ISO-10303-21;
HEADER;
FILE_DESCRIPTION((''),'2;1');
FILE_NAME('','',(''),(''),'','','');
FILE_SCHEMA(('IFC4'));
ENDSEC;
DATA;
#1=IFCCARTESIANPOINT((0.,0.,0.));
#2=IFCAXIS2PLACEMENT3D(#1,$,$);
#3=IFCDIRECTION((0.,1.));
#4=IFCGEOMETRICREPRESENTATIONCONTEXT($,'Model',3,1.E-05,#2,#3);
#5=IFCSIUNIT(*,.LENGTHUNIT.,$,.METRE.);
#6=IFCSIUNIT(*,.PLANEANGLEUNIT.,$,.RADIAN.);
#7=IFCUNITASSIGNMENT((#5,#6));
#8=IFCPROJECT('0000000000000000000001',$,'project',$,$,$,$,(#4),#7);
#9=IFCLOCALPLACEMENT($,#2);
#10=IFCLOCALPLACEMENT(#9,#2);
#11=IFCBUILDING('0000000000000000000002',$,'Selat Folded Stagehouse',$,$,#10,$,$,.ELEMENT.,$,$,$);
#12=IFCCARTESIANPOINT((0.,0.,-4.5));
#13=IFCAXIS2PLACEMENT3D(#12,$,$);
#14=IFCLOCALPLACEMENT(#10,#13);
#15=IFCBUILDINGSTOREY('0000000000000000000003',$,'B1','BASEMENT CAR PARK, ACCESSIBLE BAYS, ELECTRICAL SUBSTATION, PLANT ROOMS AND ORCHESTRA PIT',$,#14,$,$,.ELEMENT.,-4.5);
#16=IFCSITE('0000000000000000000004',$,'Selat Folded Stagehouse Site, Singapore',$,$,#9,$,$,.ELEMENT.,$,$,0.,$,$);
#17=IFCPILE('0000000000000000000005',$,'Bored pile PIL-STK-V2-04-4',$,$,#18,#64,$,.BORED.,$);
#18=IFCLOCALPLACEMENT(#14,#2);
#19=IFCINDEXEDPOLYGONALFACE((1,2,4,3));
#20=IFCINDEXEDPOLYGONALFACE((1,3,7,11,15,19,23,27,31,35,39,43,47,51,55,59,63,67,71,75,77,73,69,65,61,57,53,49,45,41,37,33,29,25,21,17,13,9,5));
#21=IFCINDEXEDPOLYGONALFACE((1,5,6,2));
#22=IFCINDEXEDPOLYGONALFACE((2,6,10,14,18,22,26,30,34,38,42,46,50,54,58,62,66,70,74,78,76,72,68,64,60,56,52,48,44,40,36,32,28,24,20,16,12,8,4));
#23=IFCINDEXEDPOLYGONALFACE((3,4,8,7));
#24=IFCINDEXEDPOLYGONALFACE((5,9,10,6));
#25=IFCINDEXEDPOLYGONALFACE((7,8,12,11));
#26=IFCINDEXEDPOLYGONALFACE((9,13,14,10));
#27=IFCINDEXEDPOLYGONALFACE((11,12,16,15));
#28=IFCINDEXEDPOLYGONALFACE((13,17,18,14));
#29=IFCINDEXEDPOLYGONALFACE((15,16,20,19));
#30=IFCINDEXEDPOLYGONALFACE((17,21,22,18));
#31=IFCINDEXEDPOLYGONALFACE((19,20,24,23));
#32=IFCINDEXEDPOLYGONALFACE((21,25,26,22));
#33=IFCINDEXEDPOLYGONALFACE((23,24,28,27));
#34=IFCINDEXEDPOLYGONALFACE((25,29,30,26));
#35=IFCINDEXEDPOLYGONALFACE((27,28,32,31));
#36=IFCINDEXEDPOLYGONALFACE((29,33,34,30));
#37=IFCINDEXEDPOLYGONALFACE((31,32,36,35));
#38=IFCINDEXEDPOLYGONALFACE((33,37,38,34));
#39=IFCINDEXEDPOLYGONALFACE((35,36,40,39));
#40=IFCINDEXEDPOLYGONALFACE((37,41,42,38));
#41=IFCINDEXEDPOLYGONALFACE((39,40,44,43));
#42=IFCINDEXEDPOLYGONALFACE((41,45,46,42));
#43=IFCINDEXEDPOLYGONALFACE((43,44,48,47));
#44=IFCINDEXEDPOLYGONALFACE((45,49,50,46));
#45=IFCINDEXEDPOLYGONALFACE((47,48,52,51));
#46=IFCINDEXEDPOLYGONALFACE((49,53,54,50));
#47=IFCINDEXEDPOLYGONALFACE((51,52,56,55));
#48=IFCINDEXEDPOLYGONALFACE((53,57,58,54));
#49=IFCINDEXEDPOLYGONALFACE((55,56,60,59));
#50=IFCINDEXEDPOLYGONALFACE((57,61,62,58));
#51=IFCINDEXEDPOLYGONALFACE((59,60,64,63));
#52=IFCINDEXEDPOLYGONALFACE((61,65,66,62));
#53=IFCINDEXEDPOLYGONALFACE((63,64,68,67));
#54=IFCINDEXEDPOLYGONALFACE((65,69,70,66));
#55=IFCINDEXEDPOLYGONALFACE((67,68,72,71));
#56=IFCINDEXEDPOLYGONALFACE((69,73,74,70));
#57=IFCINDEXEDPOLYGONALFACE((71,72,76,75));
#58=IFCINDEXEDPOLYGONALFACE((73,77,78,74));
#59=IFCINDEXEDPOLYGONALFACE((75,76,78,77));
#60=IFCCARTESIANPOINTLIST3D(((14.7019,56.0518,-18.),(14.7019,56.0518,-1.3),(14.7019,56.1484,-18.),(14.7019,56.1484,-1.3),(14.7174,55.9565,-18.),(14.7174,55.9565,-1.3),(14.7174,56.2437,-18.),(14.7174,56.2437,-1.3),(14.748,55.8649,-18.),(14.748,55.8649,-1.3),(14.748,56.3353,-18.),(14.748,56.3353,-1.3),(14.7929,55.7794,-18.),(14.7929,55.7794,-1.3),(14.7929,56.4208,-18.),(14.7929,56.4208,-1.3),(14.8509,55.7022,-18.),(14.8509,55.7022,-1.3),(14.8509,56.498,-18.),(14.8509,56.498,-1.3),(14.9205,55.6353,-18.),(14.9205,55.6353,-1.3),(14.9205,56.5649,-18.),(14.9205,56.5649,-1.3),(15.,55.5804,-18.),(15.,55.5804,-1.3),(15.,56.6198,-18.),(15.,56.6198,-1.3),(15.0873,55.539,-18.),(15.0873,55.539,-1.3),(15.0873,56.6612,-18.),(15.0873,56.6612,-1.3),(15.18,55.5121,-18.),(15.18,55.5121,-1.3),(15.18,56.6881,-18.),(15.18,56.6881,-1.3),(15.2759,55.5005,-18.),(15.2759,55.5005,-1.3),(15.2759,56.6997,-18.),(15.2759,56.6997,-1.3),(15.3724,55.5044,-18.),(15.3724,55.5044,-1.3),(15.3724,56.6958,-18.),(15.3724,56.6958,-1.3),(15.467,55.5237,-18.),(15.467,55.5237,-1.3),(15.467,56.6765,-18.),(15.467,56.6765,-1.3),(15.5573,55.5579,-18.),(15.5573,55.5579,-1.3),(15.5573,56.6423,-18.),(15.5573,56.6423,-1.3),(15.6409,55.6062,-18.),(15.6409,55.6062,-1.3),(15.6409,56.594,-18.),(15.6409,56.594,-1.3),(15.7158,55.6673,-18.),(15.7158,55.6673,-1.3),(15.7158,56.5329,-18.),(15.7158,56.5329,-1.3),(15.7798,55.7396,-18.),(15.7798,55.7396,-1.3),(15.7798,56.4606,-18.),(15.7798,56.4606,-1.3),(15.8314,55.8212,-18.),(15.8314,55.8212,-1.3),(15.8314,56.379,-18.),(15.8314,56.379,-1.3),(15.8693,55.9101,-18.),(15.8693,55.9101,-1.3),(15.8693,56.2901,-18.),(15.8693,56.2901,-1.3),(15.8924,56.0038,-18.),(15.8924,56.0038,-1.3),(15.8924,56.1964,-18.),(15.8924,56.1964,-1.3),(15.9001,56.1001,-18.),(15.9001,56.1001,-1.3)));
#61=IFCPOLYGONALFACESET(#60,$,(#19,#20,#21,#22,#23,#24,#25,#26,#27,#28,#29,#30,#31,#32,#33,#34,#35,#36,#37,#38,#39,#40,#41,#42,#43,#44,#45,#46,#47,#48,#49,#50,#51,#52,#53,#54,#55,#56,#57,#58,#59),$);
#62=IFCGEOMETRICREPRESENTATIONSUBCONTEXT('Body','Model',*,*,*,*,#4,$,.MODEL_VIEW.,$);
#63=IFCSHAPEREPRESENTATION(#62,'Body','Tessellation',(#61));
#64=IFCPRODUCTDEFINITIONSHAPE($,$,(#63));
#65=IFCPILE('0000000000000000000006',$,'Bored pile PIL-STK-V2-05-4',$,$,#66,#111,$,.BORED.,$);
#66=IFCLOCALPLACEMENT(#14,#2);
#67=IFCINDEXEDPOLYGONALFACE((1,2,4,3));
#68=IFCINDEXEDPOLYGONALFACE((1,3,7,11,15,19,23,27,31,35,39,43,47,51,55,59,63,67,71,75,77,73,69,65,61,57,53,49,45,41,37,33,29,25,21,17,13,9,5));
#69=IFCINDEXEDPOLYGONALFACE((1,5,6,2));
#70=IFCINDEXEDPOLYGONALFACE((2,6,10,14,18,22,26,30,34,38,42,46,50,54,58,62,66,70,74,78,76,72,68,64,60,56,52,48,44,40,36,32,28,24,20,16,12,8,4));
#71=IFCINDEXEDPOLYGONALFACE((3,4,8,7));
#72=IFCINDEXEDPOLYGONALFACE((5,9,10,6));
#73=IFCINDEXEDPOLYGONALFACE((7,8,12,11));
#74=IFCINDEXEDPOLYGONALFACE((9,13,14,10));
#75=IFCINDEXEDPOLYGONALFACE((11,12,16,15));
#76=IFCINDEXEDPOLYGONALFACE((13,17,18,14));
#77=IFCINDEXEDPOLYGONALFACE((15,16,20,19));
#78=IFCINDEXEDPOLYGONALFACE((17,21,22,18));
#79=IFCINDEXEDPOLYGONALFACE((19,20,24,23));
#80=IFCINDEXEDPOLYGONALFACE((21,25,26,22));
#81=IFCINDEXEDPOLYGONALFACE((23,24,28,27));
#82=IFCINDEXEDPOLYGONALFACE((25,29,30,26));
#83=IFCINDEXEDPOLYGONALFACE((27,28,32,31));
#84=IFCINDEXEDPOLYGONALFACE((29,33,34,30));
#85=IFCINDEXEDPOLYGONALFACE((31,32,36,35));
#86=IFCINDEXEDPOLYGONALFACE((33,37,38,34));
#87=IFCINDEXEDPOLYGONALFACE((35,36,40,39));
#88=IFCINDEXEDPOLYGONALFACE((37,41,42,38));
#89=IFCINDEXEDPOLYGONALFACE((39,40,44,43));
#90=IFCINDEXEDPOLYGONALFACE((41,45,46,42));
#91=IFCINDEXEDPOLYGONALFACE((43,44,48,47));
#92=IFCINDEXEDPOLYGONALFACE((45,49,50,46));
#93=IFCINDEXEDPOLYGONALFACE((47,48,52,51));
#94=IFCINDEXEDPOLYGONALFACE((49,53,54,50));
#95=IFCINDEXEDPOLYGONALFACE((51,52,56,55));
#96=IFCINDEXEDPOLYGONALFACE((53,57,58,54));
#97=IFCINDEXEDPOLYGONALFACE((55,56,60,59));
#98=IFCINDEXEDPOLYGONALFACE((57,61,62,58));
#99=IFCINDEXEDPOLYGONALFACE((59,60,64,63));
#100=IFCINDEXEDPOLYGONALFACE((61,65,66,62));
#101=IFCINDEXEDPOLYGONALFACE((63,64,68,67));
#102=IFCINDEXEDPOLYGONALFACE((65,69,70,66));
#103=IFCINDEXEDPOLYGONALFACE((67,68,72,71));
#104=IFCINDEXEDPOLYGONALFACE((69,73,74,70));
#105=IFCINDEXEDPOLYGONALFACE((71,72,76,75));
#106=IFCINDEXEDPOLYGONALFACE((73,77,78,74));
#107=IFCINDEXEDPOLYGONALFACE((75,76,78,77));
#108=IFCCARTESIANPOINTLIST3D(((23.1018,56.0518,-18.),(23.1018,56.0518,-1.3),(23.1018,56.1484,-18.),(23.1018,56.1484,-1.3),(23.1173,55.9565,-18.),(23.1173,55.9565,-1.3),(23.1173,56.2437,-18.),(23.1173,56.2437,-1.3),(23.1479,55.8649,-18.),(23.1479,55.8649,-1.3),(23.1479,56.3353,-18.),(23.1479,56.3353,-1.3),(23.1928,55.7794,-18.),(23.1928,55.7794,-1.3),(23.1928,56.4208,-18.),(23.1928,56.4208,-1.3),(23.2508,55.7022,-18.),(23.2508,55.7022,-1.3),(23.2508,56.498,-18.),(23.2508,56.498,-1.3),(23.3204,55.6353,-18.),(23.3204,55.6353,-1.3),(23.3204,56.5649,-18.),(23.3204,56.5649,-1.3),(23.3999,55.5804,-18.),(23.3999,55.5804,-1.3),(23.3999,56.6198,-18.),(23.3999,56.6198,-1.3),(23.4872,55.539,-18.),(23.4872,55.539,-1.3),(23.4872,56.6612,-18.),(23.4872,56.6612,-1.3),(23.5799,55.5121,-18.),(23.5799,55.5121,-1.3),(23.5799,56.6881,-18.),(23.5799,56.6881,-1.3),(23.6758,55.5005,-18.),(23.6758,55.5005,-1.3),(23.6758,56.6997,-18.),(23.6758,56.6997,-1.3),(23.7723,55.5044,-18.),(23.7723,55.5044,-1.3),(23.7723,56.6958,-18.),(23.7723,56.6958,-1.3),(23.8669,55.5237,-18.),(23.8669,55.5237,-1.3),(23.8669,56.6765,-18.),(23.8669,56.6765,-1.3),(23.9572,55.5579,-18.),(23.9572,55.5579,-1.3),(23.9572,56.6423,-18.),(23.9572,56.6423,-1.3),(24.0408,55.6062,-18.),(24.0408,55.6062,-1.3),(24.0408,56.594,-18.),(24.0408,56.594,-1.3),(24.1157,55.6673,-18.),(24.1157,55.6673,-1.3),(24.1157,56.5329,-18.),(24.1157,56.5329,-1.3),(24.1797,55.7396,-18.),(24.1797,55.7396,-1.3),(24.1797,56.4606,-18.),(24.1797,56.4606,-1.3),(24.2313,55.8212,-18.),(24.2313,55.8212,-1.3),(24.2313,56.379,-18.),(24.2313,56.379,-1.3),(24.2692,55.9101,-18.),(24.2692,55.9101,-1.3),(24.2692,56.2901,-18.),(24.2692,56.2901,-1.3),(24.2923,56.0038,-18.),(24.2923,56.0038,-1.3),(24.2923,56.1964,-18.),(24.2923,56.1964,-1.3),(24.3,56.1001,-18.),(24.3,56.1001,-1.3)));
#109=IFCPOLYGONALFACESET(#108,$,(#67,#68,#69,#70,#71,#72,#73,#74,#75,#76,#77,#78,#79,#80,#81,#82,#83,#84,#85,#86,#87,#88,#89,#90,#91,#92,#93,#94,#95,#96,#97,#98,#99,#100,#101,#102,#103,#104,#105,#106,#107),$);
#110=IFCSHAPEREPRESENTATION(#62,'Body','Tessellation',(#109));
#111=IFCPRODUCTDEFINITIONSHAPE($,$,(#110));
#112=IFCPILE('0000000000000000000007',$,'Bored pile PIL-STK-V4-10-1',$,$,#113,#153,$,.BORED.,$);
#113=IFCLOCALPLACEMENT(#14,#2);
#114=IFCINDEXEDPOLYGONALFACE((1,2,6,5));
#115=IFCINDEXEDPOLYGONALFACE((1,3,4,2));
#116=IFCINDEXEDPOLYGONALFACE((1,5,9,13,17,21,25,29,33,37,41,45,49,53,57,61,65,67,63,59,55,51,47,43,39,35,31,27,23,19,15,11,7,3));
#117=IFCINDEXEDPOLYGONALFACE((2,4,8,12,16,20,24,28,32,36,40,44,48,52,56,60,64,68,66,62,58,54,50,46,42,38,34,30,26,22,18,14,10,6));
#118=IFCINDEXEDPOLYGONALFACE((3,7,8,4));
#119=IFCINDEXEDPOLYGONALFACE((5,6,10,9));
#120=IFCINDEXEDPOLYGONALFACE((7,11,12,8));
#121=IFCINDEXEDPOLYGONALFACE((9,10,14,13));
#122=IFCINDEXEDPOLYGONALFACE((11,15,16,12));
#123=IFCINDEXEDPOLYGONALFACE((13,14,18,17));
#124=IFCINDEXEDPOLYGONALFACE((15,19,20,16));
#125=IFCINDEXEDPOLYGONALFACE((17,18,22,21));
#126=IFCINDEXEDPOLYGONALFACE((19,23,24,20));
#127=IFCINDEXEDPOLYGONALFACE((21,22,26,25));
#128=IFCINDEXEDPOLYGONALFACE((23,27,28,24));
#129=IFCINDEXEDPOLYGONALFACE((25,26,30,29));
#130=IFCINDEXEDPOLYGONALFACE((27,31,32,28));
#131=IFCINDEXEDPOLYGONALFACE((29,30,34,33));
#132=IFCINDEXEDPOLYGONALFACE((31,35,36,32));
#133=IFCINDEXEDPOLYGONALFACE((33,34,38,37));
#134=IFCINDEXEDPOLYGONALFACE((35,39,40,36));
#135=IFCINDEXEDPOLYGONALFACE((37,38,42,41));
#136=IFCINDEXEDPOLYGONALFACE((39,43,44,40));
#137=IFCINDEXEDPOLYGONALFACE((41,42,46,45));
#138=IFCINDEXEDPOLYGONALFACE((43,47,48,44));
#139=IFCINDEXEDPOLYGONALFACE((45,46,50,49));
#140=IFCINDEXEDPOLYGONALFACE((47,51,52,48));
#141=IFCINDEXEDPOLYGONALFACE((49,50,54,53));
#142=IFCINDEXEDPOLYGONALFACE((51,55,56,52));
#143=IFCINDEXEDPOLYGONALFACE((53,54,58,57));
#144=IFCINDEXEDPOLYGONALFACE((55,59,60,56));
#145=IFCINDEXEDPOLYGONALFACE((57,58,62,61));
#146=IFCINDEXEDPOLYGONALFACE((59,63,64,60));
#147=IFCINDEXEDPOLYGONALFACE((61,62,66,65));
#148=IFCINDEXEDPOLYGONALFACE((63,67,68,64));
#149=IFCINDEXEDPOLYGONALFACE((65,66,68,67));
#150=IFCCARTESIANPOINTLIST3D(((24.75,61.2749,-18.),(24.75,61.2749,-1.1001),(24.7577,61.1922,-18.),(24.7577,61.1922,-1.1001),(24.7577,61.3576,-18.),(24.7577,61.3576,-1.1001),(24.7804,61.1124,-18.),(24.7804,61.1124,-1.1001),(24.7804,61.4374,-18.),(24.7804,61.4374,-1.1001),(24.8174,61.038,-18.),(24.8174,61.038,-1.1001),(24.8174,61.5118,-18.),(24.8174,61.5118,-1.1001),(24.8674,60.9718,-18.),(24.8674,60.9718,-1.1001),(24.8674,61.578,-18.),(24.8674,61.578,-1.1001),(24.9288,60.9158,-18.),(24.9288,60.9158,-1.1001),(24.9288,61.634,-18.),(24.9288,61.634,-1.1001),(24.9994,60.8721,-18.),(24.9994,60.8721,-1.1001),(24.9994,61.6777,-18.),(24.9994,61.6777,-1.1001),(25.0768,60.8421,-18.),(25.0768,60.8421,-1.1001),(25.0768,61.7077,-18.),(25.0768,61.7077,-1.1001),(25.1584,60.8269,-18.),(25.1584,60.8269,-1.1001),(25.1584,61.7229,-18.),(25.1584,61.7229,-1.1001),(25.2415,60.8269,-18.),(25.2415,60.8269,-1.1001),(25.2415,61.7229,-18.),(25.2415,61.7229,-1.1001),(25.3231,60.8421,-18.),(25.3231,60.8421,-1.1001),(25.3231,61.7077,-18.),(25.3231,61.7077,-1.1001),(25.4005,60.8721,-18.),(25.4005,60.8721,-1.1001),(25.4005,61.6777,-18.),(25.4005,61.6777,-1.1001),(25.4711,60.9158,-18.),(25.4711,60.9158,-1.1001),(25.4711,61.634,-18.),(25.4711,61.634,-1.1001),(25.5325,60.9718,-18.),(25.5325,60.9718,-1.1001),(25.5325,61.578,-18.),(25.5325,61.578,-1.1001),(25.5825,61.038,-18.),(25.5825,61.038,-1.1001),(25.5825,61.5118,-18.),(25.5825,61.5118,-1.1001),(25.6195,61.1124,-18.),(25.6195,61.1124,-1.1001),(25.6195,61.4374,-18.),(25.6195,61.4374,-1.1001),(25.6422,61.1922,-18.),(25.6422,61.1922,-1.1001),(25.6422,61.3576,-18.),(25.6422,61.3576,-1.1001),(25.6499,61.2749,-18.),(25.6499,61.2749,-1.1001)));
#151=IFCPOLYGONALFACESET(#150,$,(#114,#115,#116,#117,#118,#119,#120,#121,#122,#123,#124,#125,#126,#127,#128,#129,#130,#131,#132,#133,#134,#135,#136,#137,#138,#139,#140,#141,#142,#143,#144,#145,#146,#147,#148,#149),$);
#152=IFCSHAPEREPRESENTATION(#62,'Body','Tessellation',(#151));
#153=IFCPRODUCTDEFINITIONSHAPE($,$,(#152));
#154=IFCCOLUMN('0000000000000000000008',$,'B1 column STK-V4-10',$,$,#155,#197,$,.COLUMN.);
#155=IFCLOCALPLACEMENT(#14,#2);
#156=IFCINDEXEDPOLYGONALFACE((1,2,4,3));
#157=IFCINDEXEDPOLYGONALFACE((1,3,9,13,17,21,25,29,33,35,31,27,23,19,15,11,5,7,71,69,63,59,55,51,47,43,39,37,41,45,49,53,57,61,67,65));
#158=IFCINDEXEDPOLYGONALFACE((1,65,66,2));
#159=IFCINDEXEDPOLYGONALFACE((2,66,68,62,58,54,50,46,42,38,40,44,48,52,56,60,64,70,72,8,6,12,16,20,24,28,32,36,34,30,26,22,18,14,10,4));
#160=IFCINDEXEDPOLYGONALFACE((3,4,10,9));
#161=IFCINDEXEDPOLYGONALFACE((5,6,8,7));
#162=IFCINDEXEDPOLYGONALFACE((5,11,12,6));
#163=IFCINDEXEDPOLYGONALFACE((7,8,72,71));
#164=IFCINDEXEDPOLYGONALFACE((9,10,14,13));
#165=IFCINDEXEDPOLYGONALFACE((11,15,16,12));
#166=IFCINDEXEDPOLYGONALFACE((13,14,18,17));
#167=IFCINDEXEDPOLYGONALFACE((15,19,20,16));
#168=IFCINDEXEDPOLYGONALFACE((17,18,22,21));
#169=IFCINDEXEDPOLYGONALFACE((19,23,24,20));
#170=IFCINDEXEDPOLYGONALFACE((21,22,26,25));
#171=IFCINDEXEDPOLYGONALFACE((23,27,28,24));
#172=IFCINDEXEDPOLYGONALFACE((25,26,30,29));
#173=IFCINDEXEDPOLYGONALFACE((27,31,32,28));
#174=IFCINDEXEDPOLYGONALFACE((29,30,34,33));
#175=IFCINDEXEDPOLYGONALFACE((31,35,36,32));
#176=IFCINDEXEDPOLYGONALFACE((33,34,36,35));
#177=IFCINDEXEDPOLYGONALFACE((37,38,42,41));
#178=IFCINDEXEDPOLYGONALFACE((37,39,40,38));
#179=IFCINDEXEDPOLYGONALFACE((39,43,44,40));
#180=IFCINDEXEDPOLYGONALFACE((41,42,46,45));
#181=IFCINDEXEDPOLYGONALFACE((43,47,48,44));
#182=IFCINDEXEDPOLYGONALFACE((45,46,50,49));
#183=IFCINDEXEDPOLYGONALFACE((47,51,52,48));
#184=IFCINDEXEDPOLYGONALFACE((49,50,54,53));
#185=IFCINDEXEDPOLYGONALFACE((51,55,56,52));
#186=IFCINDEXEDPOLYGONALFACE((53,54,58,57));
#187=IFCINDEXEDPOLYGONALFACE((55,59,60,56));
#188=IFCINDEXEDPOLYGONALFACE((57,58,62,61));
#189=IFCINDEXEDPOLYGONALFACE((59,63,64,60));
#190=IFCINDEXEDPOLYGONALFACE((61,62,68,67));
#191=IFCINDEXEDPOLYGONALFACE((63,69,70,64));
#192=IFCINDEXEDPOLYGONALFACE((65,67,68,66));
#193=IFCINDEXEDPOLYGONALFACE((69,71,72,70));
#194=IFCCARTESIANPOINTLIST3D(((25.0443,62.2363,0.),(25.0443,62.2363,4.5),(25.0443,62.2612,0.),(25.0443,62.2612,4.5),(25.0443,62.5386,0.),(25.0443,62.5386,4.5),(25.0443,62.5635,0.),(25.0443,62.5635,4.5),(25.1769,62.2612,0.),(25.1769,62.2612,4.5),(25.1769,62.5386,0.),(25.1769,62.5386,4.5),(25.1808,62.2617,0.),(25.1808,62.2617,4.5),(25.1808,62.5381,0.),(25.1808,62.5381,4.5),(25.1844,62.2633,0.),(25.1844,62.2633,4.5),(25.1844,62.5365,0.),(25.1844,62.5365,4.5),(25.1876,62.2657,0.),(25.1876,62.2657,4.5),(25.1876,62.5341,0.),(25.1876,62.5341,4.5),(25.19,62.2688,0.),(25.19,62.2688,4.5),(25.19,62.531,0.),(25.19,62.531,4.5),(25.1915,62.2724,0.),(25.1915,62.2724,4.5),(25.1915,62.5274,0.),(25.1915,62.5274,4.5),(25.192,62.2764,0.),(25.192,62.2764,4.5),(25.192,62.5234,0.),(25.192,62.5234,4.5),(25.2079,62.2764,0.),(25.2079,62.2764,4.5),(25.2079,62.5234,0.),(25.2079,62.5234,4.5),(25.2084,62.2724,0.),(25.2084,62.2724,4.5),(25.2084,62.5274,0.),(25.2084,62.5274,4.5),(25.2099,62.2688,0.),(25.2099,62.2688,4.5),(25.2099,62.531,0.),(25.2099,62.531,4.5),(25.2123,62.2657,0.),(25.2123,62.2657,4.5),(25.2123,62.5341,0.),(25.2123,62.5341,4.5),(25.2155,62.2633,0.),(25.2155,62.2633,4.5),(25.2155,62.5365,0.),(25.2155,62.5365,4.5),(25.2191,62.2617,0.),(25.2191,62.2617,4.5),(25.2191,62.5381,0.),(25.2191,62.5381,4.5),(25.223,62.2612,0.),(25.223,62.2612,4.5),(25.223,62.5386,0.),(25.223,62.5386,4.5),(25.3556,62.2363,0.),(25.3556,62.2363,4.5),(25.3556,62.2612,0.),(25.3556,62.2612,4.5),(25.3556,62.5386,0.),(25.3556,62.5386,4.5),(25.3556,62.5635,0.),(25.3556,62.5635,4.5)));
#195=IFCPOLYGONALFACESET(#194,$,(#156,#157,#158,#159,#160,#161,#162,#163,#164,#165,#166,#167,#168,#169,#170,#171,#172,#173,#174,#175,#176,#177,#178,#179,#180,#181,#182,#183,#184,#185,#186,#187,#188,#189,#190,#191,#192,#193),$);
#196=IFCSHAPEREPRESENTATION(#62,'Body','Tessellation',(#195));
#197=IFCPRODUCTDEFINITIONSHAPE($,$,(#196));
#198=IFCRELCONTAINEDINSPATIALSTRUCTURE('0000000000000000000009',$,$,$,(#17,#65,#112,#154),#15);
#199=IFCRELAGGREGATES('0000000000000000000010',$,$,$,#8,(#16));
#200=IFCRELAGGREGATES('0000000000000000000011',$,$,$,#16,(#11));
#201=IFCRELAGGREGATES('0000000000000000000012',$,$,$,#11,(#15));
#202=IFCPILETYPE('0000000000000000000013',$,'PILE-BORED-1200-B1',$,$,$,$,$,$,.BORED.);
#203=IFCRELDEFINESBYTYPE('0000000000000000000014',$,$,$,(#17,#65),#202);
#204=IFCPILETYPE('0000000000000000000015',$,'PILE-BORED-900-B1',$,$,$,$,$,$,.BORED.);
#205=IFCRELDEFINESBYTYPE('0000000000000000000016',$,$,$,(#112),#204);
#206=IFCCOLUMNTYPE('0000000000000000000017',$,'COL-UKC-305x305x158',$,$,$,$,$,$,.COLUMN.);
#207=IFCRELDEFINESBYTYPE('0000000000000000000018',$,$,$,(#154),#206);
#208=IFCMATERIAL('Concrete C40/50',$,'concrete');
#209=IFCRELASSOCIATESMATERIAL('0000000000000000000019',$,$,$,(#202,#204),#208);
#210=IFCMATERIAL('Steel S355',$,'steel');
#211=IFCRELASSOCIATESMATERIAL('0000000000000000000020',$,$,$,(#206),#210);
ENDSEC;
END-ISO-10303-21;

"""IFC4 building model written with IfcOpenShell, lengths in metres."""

from ifc_helpers import new_model, si_unit, direction, frame, origin, origin_2d, place, context, subcontext, project, spatial, circle, i_section, extrude, material, material_profile, profile_set, type_object, element, save


model = new_model("IFC4")

# Units and contexts
model_context = context("Model", 3, precision=1e-05, world=origin(), true_north=direction((0.0, 1.0)))
body_context = subcontext(model_context, "Body", "Model", "MODEL_VIEW")
ifc_project = project(units=[si_unit("LENGTHUNIT", "METRE"), si_unit("PLANEANGLEUNIT", "RADIAN")], contexts=[model_context])

# Site, building, storey
site_placement = place(None, origin())
site = spatial("IfcSite", under=ifc_project, at=site_placement, Name="Selat Folded Stagehouse Site, Singapore", CompositionType="ELEMENT", RefElevation=0.0)
building_placement = place(site_placement, origin())
building = spatial("IfcBuilding", under=site, at=building_placement, Name="Selat Folded Stagehouse", CompositionType="ELEMENT")
storey_placement = place(building_placement, frame((0.0, 0.0, -4.5)))
storey = spatial("IfcBuildingStorey", under=building, at=storey_placement, Name="B1", Description="BASEMENT CAR PARK, ACCESSIBLE BAYS, ELECTRICAL SUBSTATION, PLANT ROOMS AND ORCHESTRA PIT", CompositionType="ELEMENT", Elevation=-4.5)

# Shared definitions
ifc_material_1 = material(Name="Concrete C40/50", Category="concrete")

# Piles
ifc_material_profile_1 = material_profile(ifc_material_1, circle(Radius=0.6001, at=origin_2d()), Name="PILE D1200")
ifc_profile_set_1 = profile_set([ifc_material_profile_1], Name="Concrete C40/50")
pile_type_1 = type_object("IfcPileType", Name="PILE-BORED-1200-B1", PredefinedType="BORED", material=ifc_profile_set_1)
for number, where, z_axis, x_axis, name in (
    (1, (15.3, 56.1001, -1.3), (0.0, 0.0, -1.0), (1.0, 0.0, 0.0), "Bored pile PIL-STK-V2-04-4"),
    (2, (23.7, 56.1001, -1.3), (0.0, 0.0, -1.0), (1.0, 0.0, 0.0), "Bored pile PIL-STK-V2-05-4"),
):
    element("IfcPile", number, at=place(storey_placement, frame(where, z_axis=z_axis, x_axis=x_axis)), inside=storey, type_object=pile_type_1, Name=name, PredefinedType="BORED", context=body_context, shape_type="SweptSolid", body=[
        extrude(circle(Radius=0.6001, at=origin_2d()), origin(), (0.0, 0.0, 1.0), 16.7),
    ])
ifc_material_profile_2 = material_profile(ifc_material_1, circle(Radius=0.45, at=origin_2d()), Name="PILE D900")
ifc_profile_set_2 = profile_set([ifc_material_profile_2], Name="Concrete C40/50")
pile_type_2 = type_object("IfcPileType", Name="PILE-BORED-900-B1", PredefinedType="BORED", material=ifc_profile_set_2)
pile_placement = place(storey_placement, frame((25.2, 61.2749, -1.1001), z_axis=(0.0, 0.0, -1.0), x_axis=(1.0, 0.0, 0.0)))
element("IfcPile", 3, at=pile_placement, inside=storey, type_object=pile_type_2, Name="Bored pile PIL-STK-V4-10-1", PredefinedType="BORED", context=body_context, shape_type="SweptSolid", body=[
    extrude(circle(Radius=0.45, at=origin_2d()), origin(), (0.0, 0.0, 1.0), 16.8999),
])

# Column
ifc_material_2 = material(Name="Steel S355", Category="steel")
ifc_material_profile_3 = material_profile(ifc_material_2, i_section(OverallWidth=0.3113, OverallDepth=0.3271, WebThickness=0.0159, FlangeThickness=0.0249, FilletRadius=0.0151, at=origin_2d()), Name="UKC 305x305x158")
ifc_profile_set_3 = profile_set([ifc_material_profile_3], Name="Steel S355")
column_type_1 = type_object("IfcColumnType", Name="COL-UKC-305x305x158", PredefinedType="COLUMN", material=ifc_profile_set_3)
column_1_placement = place(storey_placement, frame((25.2, 62.3999, 0.0), z_axis=(0.0, 0.0, 1.0), x_axis=(1.0, 0.0, 0.0)))
element("IfcColumn", 4, at=column_1_placement, inside=storey, type_object=column_type_1, Name="B1 column STK-V4-10", PredefinedType="COLUMN", context=body_context, shape_type="SweptSolid", body=[
    extrude(i_section(OverallWidth=0.3113, OverallDepth=0.3271, WebThickness=0.0159, FlangeThickness=0.0249, FilletRadius=0.0151, at=origin_2d()), origin(), (0.0, 0.0, 1.0), 4.5),
])

save(model, "model.ifc")
